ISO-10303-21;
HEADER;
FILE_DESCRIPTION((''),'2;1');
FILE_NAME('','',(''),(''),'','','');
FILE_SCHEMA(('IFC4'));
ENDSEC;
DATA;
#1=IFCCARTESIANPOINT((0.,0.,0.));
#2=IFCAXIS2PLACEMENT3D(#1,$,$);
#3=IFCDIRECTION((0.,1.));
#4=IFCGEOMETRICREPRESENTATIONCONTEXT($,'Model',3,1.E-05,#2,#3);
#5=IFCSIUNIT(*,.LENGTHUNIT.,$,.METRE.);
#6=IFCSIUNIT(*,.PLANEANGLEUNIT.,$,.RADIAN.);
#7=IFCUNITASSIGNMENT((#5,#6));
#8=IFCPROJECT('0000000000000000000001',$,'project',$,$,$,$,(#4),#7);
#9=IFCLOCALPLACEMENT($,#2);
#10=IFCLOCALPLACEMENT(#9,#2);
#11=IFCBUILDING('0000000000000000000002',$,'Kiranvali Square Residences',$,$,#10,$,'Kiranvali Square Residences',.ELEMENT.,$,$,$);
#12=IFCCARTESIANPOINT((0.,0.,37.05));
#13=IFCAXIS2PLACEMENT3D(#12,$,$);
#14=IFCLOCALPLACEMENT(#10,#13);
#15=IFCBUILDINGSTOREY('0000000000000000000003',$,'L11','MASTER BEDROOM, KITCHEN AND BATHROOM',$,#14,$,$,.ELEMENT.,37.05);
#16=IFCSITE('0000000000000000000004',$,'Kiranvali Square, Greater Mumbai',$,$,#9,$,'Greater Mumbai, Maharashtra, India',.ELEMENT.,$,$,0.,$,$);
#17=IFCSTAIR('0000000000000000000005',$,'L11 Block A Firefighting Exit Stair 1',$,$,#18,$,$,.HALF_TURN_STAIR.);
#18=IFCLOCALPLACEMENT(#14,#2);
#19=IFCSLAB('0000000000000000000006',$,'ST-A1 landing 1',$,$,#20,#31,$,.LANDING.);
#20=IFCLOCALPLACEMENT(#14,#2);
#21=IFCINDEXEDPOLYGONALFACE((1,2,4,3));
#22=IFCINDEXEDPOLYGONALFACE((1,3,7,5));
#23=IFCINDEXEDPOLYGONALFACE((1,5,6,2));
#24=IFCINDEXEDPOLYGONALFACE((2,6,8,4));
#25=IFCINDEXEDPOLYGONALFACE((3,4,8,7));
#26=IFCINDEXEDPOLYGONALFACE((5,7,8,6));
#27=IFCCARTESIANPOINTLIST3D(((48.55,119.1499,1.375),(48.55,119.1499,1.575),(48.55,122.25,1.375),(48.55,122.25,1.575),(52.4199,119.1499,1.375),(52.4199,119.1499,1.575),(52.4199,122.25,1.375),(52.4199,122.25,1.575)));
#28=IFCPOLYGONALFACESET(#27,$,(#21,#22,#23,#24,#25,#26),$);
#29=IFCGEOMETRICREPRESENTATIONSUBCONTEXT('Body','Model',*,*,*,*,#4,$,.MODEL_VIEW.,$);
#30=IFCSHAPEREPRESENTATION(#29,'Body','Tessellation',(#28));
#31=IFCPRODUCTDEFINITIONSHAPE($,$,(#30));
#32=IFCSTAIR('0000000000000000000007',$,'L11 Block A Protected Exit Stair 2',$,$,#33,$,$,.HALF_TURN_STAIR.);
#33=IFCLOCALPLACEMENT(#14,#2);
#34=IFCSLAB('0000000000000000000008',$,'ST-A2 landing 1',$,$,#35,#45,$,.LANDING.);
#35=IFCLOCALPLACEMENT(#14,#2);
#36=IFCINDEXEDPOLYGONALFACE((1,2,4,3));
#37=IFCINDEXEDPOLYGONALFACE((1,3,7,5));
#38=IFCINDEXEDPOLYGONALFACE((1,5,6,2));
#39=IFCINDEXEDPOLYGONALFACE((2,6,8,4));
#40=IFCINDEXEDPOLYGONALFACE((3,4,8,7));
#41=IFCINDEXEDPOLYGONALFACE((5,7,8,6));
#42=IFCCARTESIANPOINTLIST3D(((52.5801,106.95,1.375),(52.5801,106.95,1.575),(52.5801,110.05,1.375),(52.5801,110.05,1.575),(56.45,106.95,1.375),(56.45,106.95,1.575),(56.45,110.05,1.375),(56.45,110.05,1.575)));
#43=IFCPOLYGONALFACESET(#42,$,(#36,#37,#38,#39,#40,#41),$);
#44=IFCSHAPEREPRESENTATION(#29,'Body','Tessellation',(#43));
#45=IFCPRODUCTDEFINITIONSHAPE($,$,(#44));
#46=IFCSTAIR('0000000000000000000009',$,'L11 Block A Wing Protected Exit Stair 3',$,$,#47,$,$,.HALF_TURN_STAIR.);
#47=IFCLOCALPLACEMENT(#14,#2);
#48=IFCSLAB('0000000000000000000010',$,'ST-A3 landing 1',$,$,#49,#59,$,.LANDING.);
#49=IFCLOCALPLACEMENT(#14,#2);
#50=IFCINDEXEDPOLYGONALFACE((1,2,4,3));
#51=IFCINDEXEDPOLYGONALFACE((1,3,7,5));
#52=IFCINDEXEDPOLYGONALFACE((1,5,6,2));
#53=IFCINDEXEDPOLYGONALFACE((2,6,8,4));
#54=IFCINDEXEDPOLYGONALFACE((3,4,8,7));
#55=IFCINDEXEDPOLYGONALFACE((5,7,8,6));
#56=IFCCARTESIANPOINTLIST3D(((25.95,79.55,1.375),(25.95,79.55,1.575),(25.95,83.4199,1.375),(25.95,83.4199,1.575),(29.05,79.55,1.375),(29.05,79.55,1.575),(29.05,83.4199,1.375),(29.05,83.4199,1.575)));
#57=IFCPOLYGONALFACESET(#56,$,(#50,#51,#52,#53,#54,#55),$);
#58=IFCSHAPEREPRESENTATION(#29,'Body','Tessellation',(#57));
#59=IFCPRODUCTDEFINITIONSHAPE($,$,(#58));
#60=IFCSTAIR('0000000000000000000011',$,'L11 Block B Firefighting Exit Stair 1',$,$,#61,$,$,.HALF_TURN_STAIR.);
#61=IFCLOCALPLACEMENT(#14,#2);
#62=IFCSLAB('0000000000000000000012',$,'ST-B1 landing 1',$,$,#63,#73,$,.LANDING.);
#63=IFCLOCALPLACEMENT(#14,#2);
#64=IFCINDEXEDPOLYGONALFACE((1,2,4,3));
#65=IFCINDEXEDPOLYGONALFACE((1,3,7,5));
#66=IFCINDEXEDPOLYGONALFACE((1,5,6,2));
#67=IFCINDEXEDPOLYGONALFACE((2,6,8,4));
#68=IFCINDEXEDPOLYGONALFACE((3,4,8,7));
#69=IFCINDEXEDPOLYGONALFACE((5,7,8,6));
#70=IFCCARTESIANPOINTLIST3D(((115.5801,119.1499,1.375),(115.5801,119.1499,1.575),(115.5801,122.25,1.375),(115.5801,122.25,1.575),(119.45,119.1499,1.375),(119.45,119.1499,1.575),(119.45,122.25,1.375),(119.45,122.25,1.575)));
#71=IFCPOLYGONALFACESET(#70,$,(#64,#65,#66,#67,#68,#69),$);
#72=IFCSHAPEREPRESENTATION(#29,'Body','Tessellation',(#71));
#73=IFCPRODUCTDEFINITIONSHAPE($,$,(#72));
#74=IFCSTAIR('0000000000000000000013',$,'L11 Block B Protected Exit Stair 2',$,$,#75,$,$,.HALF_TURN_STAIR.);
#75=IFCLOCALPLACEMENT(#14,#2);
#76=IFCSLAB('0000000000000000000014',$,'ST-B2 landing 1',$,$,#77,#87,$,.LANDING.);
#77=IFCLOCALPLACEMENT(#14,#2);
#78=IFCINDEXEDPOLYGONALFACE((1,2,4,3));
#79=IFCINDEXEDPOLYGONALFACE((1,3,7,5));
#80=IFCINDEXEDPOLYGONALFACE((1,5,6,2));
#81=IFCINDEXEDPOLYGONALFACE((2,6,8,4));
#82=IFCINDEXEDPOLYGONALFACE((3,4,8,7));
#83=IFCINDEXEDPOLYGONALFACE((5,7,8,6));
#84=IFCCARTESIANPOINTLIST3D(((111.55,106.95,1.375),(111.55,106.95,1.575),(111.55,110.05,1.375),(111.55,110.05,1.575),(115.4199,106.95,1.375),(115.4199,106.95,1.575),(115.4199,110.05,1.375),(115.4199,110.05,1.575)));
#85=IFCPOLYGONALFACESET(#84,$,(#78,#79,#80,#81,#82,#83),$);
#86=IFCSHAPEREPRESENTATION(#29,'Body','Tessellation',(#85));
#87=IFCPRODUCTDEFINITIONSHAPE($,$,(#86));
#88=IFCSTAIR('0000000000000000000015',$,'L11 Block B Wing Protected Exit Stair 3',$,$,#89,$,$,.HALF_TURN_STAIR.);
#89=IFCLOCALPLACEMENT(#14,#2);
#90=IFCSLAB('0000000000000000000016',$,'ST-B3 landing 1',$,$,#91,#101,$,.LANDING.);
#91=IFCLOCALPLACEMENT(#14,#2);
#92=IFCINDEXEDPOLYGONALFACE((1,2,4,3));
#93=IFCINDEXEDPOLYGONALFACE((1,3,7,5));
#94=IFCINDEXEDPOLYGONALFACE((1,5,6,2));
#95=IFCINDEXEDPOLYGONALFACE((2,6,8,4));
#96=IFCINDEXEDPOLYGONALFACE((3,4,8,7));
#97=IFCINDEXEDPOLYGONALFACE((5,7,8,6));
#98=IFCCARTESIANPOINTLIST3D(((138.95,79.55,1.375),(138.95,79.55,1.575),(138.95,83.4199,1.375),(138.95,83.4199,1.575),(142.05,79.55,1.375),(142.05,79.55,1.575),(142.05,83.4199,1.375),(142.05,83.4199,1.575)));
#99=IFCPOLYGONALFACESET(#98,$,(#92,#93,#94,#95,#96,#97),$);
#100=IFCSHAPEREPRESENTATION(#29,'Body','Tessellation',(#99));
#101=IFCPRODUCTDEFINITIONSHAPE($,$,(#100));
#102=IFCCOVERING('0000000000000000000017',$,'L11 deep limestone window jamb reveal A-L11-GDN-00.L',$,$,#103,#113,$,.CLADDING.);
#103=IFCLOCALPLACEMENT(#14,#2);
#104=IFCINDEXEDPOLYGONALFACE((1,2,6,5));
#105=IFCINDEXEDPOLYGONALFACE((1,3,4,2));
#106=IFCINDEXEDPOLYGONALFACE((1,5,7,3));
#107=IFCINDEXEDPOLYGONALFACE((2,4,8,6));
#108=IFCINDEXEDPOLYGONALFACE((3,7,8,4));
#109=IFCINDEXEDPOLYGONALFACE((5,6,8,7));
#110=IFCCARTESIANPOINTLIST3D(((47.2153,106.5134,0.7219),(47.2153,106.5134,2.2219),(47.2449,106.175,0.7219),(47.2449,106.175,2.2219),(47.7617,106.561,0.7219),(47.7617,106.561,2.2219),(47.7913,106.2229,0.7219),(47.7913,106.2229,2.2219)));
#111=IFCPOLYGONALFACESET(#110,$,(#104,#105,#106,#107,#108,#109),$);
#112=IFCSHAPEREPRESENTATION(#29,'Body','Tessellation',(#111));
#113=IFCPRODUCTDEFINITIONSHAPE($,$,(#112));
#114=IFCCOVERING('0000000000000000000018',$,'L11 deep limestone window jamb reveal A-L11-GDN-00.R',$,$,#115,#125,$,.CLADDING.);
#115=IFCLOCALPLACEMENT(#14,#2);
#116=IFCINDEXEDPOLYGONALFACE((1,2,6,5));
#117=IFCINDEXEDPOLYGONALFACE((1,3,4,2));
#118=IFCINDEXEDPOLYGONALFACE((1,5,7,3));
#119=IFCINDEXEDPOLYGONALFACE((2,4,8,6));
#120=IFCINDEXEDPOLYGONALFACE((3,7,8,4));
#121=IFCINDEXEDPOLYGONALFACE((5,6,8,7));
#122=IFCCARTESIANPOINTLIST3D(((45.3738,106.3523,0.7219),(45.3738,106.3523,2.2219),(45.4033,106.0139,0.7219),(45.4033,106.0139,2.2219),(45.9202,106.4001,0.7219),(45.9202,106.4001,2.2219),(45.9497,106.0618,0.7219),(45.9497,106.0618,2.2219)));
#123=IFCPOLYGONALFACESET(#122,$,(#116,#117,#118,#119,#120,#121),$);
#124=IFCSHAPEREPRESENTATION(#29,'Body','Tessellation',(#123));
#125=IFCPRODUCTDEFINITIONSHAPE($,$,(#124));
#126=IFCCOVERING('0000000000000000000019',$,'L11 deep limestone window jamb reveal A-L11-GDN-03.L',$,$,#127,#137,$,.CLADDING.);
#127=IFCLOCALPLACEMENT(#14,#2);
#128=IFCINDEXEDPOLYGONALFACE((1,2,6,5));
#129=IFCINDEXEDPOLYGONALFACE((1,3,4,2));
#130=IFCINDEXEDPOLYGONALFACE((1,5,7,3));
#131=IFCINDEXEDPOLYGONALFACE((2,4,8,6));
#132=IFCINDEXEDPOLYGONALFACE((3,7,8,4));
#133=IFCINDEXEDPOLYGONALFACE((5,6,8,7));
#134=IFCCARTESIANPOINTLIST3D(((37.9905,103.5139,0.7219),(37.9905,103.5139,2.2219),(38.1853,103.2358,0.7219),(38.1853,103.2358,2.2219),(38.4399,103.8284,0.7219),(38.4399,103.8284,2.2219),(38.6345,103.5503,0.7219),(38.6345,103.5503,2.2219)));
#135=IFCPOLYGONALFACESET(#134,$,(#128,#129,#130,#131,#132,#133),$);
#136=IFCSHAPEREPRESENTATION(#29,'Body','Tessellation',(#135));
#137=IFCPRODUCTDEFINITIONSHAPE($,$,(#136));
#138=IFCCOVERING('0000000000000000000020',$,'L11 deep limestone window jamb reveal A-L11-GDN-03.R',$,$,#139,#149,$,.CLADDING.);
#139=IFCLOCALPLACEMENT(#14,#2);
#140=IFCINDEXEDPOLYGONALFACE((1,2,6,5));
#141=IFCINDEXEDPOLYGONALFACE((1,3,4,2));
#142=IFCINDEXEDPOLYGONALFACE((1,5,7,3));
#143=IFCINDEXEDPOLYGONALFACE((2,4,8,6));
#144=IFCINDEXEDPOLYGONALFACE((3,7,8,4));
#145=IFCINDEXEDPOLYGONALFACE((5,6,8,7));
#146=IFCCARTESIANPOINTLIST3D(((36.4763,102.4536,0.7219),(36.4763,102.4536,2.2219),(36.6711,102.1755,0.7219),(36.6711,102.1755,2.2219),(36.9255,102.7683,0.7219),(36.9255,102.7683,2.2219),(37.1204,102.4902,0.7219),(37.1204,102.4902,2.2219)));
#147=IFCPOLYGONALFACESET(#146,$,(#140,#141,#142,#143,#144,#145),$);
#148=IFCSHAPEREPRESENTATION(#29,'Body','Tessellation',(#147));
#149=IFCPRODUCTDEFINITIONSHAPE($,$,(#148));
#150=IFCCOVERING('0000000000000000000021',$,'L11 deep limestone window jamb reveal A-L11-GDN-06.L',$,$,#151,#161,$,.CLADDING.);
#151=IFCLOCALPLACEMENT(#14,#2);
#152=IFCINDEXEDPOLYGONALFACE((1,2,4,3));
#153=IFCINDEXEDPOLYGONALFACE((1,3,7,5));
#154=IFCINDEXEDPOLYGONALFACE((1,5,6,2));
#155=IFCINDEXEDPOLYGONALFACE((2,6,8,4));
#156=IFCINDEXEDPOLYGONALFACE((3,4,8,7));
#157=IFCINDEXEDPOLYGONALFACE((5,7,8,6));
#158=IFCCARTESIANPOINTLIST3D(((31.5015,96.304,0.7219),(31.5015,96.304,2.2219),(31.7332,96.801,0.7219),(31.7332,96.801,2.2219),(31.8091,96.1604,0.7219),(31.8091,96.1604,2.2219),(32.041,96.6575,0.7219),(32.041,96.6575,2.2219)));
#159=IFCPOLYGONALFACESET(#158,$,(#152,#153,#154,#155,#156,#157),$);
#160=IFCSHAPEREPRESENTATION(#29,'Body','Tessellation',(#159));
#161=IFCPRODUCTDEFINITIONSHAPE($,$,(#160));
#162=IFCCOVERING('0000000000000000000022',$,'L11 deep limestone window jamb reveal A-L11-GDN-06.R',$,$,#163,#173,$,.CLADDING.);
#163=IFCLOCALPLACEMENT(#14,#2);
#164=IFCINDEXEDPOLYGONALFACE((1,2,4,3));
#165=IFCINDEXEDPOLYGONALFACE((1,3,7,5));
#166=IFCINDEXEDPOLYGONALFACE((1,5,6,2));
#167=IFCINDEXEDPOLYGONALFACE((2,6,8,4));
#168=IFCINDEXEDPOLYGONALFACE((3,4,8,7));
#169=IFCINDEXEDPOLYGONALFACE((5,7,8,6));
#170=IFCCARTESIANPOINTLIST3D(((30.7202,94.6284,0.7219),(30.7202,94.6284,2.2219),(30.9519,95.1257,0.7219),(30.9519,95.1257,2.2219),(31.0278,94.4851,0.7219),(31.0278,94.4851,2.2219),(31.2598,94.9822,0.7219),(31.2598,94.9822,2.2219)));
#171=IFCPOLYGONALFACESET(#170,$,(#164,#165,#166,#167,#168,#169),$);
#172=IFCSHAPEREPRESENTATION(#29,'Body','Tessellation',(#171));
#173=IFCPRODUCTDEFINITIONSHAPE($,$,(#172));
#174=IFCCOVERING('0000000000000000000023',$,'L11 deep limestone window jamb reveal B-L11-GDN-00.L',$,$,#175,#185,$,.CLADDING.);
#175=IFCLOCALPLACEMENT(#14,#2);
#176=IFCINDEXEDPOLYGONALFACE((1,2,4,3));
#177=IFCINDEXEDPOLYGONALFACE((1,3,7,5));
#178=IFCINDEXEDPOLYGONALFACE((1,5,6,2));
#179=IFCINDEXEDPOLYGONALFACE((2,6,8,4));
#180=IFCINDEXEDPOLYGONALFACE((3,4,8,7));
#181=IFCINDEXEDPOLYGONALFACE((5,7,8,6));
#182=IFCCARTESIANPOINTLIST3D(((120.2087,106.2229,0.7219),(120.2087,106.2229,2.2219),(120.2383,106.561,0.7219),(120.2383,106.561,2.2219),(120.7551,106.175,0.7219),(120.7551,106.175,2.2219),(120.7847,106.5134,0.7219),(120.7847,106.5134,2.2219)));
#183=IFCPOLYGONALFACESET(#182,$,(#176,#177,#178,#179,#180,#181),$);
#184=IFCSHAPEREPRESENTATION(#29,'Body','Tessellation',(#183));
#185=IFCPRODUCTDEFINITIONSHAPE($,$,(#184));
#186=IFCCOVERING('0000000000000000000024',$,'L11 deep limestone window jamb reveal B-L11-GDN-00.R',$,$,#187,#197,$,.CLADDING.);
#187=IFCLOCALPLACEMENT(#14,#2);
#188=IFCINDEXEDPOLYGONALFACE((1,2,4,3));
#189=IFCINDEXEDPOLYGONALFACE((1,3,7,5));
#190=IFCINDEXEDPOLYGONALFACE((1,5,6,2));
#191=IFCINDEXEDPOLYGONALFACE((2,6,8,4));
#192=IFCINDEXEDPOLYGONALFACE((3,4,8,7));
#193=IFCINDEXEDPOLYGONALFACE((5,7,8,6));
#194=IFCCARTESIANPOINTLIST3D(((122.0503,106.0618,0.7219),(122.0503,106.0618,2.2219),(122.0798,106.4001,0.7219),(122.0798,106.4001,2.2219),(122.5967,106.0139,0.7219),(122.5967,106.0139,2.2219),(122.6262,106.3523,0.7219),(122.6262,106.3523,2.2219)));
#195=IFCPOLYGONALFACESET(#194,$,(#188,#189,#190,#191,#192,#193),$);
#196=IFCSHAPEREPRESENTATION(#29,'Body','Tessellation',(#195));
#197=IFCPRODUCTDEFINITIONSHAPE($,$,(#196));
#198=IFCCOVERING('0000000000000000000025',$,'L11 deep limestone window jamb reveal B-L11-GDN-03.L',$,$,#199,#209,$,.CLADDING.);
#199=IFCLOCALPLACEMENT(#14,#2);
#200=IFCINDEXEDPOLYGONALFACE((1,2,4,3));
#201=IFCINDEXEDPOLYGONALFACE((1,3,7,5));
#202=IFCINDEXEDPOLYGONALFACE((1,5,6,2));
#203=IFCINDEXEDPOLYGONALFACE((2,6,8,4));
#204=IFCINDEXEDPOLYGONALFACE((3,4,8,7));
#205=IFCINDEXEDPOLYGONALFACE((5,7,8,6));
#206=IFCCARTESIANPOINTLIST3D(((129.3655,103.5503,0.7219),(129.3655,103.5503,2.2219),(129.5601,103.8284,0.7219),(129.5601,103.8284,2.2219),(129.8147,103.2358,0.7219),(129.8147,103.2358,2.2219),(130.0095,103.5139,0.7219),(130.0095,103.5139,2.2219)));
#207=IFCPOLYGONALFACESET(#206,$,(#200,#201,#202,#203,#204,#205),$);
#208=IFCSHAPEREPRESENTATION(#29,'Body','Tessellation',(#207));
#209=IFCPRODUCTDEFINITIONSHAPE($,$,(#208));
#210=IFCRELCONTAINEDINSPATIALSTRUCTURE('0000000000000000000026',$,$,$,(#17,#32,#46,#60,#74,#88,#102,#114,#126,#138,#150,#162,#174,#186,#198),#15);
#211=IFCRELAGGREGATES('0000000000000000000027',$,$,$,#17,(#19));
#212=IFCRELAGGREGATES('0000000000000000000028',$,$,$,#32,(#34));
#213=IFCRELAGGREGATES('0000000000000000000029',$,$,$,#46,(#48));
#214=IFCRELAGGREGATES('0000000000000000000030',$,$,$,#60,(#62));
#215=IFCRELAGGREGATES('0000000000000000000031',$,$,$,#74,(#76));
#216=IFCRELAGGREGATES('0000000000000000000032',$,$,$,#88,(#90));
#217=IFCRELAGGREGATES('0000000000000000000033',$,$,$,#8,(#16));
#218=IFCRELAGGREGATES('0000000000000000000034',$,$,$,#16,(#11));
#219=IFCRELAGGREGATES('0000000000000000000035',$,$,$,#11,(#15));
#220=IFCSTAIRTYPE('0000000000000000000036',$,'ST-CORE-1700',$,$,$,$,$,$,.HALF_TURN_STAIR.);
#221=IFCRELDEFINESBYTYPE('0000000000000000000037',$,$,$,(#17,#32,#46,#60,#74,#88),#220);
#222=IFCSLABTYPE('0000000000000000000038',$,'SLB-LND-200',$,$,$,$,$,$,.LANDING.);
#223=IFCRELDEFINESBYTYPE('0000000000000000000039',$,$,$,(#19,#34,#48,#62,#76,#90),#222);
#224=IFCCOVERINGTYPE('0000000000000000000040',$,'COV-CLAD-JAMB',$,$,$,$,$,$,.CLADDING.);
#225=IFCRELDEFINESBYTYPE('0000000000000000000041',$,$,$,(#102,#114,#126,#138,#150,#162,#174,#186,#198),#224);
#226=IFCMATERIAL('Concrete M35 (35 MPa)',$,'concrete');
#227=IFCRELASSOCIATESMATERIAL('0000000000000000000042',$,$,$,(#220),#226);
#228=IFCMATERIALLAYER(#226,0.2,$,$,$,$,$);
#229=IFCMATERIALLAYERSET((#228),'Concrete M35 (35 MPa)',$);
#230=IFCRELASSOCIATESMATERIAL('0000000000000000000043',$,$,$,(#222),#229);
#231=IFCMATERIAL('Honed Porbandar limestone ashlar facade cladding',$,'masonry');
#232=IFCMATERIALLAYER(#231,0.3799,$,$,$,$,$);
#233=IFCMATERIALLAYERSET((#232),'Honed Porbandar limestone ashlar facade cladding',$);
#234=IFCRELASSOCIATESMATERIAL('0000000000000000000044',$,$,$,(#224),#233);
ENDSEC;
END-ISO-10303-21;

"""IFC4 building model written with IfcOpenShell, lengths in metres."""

from ifc_helpers import new_model, si_unit, direction, frame, origin, place, context, subcontext, project, spatial, polyline, outline, extrude, material, layer, layer_set, type_object, element, aggregate, save


model = new_model("IFC4")

# Units and contexts
model_context = context("Model", 3, precision=1e-05, world=origin(), true_north=direction((0.0, 1.0)))
body_context = subcontext(model_context, "Body", "Model", "MODEL_VIEW")
ifc_project = project(units=[si_unit("LENGTHUNIT", "METRE"), si_unit("PLANEANGLEUNIT", "RADIAN")], contexts=[model_context])

# Site, building, storey
site_placement = place(None, origin())
site = spatial("IfcSite", under=ifc_project, at=site_placement, Name="Kiranvali Square, Greater Mumbai", LongName="Greater Mumbai, Maharashtra, India", CompositionType="ELEMENT", RefElevation=0.0)
building_placement = place(site_placement, origin())
building = spatial("IfcBuilding", under=site, at=building_placement, Name="Kiranvali Square Residences", LongName="Kiranvali Square Residences", CompositionType="ELEMENT")
storey_placement = place(building_placement, frame((0.0, 0.0, 37.05)))
storey = spatial("IfcBuildingStorey", under=building, at=storey_placement, Name="L11", Description="MASTER BEDROOM, KITCHEN AND BATHROOM", CompositionType="ELEMENT", Elevation=37.05)

# Stairs, slabs
ifc_material_1 = material(Name="Concrete M35 (35 MPa)", Category="concrete")
stair_type = type_object("IfcStairType", Name="ST-CORE-1700", PredefinedType="HALF_TURN_STAIR", material=ifc_material_1)
stair_1_placement = place(storey_placement, origin())
stair_1 = element("IfcStair", 1, at=stair_1_placement, inside=storey, type_object=stair_type, Name="L11 Block A Firefighting Exit Stair 1", PredefinedType="HALF_TURN_STAIR")
ifc_layer_1 = layer(ifc_material_1, 0.2)
ifc_layer_set_1 = layer_set([ifc_layer_1], Name="Concrete M35 (35 MPa)")
slab_type = type_object("IfcSlabType", Name="SLB-LND-200", PredefinedType="LANDING", material=ifc_layer_set_1)
slab_1_placement = place(storey_placement, frame((0.0, 0.0, 1.375)))
slab_1 = element("IfcSlab", 2, at=slab_1_placement, type_object=slab_type, Name="ST-A1 landing 1", PredefinedType="LANDING", context=body_context, shape_type="SweptSolid", body=[
    extrude(outline(polyline([(52.4199, 122.25), (48.55, 122.25), (48.55, 119.1499), (52.4199, 119.1499), (52.4199, 122.25)])), origin(), (0.0, 0.0, 1.0), 0.2),
])
aggregate(stair_1, [slab_1])
stair_2_placement = place(storey_placement, origin())
stair_2 = element("IfcStair", 3, at=stair_2_placement, inside=storey, type_object=stair_type, Name="L11 Block A Protected Exit Stair 2", PredefinedType="HALF_TURN_STAIR")
slab_2_placement = place(storey_placement, frame((0.0, 0.0, 1.375)))
slab_2 = element("IfcSlab", 4, at=slab_2_placement, type_object=slab_type, Name="ST-A2 landing 1", PredefinedType="LANDING", context=body_context, shape_type="SweptSolid", body=[
    extrude(outline(polyline([(52.5801, 106.95), (56.45, 106.95), (56.45, 110.05), (52.5801, 110.05), (52.5801, 106.95)])), origin(), (0.0, 0.0, 1.0), 0.2),
])
aggregate(stair_2, [slab_2])
stair_3_placement = place(storey_placement, origin())
stair_3 = element("IfcStair", 5, at=stair_3_placement, inside=storey, type_object=stair_type, Name="L11 Block A Wing Protected Exit Stair 3", PredefinedType="HALF_TURN_STAIR")
slab_3_placement = place(storey_placement, frame((0.0, 0.0, 1.375)))
slab_3 = element("IfcSlab", 6, at=slab_3_placement, type_object=slab_type, Name="ST-A3 landing 1", PredefinedType="LANDING", context=body_context, shape_type="SweptSolid", body=[
    extrude(outline(polyline([(25.95, 83.4199), (25.95, 79.55), (29.05, 79.55), (29.05, 83.4199), (25.95, 83.4199)])), origin(), (0.0, 0.0, 1.0), 0.2),
])
aggregate(stair_3, [slab_3])
stair_4_placement = place(storey_placement, origin())
stair_4 = element("IfcStair", 7, at=stair_4_placement, inside=storey, type_object=stair_type, Name="L11 Block B Firefighting Exit Stair 1", PredefinedType="HALF_TURN_STAIR")
slab_4_placement = place(storey_placement, frame((0.0, 0.0, 1.375)))
slab_4 = element("IfcSlab", 8, at=slab_4_placement, type_object=slab_type, Name="ST-B1 landing 1", PredefinedType="LANDING", context=body_context, shape_type="SweptSolid", body=[
    extrude(outline(polyline([(115.5801, 119.1499), (119.45, 119.1499), (119.45, 122.25), (115.5801, 122.25), (115.5801, 119.1499)])), origin(), (0.0, 0.0, 1.0), 0.2),
])
aggregate(stair_4, [slab_4])
stair_5_placement = place(storey_placement, origin())
stair_5 = element("IfcStair", 9, at=stair_5_placement, inside=storey, type_object=stair_type, Name="L11 Block B Protected Exit Stair 2", PredefinedType="HALF_TURN_STAIR")
slab_5_placement = place(storey_placement, frame((0.0, 0.0, 1.375)))
slab_5 = element("IfcSlab", 10, at=slab_5_placement, type_object=slab_type, Name="ST-B2 landing 1", PredefinedType="LANDING", context=body_context, shape_type="SweptSolid", body=[
    extrude(outline(polyline([(115.4199, 110.05), (111.55, 110.05), (111.55, 106.95), (115.4199, 106.95), (115.4199, 110.05)])), origin(), (0.0, 0.0, 1.0), 0.2),
])
aggregate(stair_5, [slab_5])
stair_6_placement = place(storey_placement, origin())
stair_6 = element("IfcStair", 11, at=stair_6_placement, inside=storey, type_object=stair_type, Name="L11 Block B Wing Protected Exit Stair 3", PredefinedType="HALF_TURN_STAIR")
slab_6_placement = place(storey_placement, frame((0.0, 0.0, 1.375)))
slab_6 = element("IfcSlab", 12, at=slab_6_placement, type_object=slab_type, Name="ST-B3 landing 1", PredefinedType="LANDING", context=body_context, shape_type="SweptSolid", body=[
    extrude(outline(polyline([(138.95, 83.4199), (138.95, 79.55), (142.05, 79.55), (142.05, 83.4199), (138.95, 83.4199)])), origin(), (0.0, 0.0, 1.0), 0.2),
])
aggregate(stair_6, [slab_6])

# Coverings
ifc_material_2 = material(Name="Honed Porbandar limestone ashlar facade cladding", Category="masonry")
ifc_layer_2 = layer(ifc_material_2, 0.3799)
ifc_layer_set_2 = layer_set([ifc_layer_2], Name="Honed Porbandar limestone ashlar facade cladding")
covering_type_1 = type_object("IfcCoveringType", Name="COV-CLAD-JAMB", PredefinedType="CLADDING", material=ifc_layer_set_2)
covering_1_placement = place(storey_placement, frame((0.0, 0.0, 0.7219)))
element("IfcCovering", 13, at=covering_1_placement, inside=storey, type_object=covering_type_1, Name="L11 deep limestone window jamb reveal A-L11-GDN-00.L", PredefinedType="CLADDING", context=body_context, shape_type="SweptSolid", body=[
    extrude(outline(polyline([(47.7617, 106.561), (47.2153, 106.5134), (47.2449, 106.175), (47.7913, 106.2229), (47.7617, 106.561)])), origin(), (0.0, 0.0, 1.0), 1.5),
])
covering_2_placement = place(storey_placement, frame((0.0, 0.0, 0.7219)))
element("IfcCovering", 14, at=covering_2_placement, inside=storey, type_object=covering_type_1, Name="L11 deep limestone window jamb reveal A-L11-GDN-00.R", PredefinedType="CLADDING", context=body_context, shape_type="SweptSolid", body=[
    extrude(outline(polyline([(45.9202, 106.4001), (45.3738, 106.3523), (45.4033, 106.0139), (45.9497, 106.0618), (45.9202, 106.4001)])), origin(), (0.0, 0.0, 1.0), 1.5),
])
covering_3_placement = place(storey_placement, frame((0.0, 0.0, 0.7219)))
element("IfcCovering", 15, at=covering_3_placement, inside=storey, type_object=covering_type_1, Name="L11 deep limestone window jamb reveal A-L11-GDN-03.L", PredefinedType="CLADDING", context=body_context, shape_type="SweptSolid", body=[
    extrude(outline(polyline([(38.4399, 103.8284), (37.9905, 103.5139), (38.1853, 103.2358), (38.6345, 103.5503), (38.4399, 103.8284)])), origin(), (0.0, 0.0, 1.0), 1.5),
])
covering_4_placement = place(storey_placement, frame((0.0, 0.0, 0.7219)))
element("IfcCovering", 16, at=covering_4_placement, inside=storey, type_object=covering_type_1, Name="L11 deep limestone window jamb reveal A-L11-GDN-03.R", PredefinedType="CLADDING", context=body_context, shape_type="SweptSolid", body=[
    extrude(outline(polyline([(36.9255, 102.7683), (36.4763, 102.4536), (36.6711, 102.1755), (37.1204, 102.4902), (36.9255, 102.7683)])), origin(), (0.0, 0.0, 1.0), 1.5),
])
covering_5_placement = place(storey_placement, frame((0.0, 0.0, 0.7219)))
element("IfcCovering", 17, at=covering_5_placement, inside=storey, type_object=covering_type_1, Name="L11 deep limestone window jamb reveal A-L11-GDN-06.L", PredefinedType="CLADDING", context=body_context, shape_type="SweptSolid", body=[
    extrude(outline(polyline([(31.7332, 96.801), (31.5015, 96.304), (31.8091, 96.1604), (32.041, 96.6575), (31.7332, 96.801)])), origin(), (0.0, 0.0, 1.0), 1.5),
])
covering_6_placement = place(storey_placement, frame((0.0, 0.0, 0.7219)))
element("IfcCovering", 18, at=covering_6_placement, inside=storey, type_object=covering_type_1, Name="L11 deep limestone window jamb reveal A-L11-GDN-06.R", PredefinedType="CLADDING", context=body_context, shape_type="SweptSolid", body=[
    extrude(outline(polyline([(30.9519, 95.1257), (30.7202, 94.6284), (31.0278, 94.4851), (31.2598, 94.9822), (30.9519, 95.1257)])), origin(), (0.0, 0.0, 1.0), 1.5),
])
covering_7_placement = place(storey_placement, frame((0.0, 0.0, 0.7219)))
element("IfcCovering", 19, at=covering_7_placement, inside=storey, type_object=covering_type_1, Name="L11 deep limestone window jamb reveal B-L11-GDN-00.L", PredefinedType="CLADDING", context=body_context, shape_type="SweptSolid", body=[
    extrude(outline(polyline([(120.2087, 106.2229), (120.7551, 106.175), (120.7847, 106.5134), (120.2383, 106.561), (120.2087, 106.2229)])), origin(), (0.0, 0.0, 1.0), 1.5),
])
covering_8_placement = place(storey_placement, frame((0.0, 0.0, 0.7219)))
element("IfcCovering", 20, at=covering_8_placement, inside=storey, type_object=covering_type_1, Name="L11 deep limestone window jamb reveal B-L11-GDN-00.R", PredefinedType="CLADDING", context=body_context, shape_type="SweptSolid", body=[
    extrude(outline(polyline([(122.0503, 106.0618), (122.5967, 106.0139), (122.6262, 106.3523), (122.0798, 106.4001), (122.0503, 106.0618)])), origin(), (0.0, 0.0, 1.0), 1.5),
])
covering_9_placement = place(storey_placement, frame((0.0, 0.0, 0.7219)))
element("IfcCovering", 21, at=covering_9_placement, inside=storey, type_object=covering_type_1, Name="L11 deep limestone window jamb reveal B-L11-GDN-03.L", PredefinedType="CLADDING", context=body_context, shape_type="SweptSolid", body=[
    extrude(outline(polyline([(129.3655, 103.5503), (129.8147, 103.2358), (130.0095, 103.5139), (129.5601, 103.8284), (129.3655, 103.5503)])), origin(), (0.0, 0.0, 1.0), 1.5),
])

save(model, "model.ifc")
